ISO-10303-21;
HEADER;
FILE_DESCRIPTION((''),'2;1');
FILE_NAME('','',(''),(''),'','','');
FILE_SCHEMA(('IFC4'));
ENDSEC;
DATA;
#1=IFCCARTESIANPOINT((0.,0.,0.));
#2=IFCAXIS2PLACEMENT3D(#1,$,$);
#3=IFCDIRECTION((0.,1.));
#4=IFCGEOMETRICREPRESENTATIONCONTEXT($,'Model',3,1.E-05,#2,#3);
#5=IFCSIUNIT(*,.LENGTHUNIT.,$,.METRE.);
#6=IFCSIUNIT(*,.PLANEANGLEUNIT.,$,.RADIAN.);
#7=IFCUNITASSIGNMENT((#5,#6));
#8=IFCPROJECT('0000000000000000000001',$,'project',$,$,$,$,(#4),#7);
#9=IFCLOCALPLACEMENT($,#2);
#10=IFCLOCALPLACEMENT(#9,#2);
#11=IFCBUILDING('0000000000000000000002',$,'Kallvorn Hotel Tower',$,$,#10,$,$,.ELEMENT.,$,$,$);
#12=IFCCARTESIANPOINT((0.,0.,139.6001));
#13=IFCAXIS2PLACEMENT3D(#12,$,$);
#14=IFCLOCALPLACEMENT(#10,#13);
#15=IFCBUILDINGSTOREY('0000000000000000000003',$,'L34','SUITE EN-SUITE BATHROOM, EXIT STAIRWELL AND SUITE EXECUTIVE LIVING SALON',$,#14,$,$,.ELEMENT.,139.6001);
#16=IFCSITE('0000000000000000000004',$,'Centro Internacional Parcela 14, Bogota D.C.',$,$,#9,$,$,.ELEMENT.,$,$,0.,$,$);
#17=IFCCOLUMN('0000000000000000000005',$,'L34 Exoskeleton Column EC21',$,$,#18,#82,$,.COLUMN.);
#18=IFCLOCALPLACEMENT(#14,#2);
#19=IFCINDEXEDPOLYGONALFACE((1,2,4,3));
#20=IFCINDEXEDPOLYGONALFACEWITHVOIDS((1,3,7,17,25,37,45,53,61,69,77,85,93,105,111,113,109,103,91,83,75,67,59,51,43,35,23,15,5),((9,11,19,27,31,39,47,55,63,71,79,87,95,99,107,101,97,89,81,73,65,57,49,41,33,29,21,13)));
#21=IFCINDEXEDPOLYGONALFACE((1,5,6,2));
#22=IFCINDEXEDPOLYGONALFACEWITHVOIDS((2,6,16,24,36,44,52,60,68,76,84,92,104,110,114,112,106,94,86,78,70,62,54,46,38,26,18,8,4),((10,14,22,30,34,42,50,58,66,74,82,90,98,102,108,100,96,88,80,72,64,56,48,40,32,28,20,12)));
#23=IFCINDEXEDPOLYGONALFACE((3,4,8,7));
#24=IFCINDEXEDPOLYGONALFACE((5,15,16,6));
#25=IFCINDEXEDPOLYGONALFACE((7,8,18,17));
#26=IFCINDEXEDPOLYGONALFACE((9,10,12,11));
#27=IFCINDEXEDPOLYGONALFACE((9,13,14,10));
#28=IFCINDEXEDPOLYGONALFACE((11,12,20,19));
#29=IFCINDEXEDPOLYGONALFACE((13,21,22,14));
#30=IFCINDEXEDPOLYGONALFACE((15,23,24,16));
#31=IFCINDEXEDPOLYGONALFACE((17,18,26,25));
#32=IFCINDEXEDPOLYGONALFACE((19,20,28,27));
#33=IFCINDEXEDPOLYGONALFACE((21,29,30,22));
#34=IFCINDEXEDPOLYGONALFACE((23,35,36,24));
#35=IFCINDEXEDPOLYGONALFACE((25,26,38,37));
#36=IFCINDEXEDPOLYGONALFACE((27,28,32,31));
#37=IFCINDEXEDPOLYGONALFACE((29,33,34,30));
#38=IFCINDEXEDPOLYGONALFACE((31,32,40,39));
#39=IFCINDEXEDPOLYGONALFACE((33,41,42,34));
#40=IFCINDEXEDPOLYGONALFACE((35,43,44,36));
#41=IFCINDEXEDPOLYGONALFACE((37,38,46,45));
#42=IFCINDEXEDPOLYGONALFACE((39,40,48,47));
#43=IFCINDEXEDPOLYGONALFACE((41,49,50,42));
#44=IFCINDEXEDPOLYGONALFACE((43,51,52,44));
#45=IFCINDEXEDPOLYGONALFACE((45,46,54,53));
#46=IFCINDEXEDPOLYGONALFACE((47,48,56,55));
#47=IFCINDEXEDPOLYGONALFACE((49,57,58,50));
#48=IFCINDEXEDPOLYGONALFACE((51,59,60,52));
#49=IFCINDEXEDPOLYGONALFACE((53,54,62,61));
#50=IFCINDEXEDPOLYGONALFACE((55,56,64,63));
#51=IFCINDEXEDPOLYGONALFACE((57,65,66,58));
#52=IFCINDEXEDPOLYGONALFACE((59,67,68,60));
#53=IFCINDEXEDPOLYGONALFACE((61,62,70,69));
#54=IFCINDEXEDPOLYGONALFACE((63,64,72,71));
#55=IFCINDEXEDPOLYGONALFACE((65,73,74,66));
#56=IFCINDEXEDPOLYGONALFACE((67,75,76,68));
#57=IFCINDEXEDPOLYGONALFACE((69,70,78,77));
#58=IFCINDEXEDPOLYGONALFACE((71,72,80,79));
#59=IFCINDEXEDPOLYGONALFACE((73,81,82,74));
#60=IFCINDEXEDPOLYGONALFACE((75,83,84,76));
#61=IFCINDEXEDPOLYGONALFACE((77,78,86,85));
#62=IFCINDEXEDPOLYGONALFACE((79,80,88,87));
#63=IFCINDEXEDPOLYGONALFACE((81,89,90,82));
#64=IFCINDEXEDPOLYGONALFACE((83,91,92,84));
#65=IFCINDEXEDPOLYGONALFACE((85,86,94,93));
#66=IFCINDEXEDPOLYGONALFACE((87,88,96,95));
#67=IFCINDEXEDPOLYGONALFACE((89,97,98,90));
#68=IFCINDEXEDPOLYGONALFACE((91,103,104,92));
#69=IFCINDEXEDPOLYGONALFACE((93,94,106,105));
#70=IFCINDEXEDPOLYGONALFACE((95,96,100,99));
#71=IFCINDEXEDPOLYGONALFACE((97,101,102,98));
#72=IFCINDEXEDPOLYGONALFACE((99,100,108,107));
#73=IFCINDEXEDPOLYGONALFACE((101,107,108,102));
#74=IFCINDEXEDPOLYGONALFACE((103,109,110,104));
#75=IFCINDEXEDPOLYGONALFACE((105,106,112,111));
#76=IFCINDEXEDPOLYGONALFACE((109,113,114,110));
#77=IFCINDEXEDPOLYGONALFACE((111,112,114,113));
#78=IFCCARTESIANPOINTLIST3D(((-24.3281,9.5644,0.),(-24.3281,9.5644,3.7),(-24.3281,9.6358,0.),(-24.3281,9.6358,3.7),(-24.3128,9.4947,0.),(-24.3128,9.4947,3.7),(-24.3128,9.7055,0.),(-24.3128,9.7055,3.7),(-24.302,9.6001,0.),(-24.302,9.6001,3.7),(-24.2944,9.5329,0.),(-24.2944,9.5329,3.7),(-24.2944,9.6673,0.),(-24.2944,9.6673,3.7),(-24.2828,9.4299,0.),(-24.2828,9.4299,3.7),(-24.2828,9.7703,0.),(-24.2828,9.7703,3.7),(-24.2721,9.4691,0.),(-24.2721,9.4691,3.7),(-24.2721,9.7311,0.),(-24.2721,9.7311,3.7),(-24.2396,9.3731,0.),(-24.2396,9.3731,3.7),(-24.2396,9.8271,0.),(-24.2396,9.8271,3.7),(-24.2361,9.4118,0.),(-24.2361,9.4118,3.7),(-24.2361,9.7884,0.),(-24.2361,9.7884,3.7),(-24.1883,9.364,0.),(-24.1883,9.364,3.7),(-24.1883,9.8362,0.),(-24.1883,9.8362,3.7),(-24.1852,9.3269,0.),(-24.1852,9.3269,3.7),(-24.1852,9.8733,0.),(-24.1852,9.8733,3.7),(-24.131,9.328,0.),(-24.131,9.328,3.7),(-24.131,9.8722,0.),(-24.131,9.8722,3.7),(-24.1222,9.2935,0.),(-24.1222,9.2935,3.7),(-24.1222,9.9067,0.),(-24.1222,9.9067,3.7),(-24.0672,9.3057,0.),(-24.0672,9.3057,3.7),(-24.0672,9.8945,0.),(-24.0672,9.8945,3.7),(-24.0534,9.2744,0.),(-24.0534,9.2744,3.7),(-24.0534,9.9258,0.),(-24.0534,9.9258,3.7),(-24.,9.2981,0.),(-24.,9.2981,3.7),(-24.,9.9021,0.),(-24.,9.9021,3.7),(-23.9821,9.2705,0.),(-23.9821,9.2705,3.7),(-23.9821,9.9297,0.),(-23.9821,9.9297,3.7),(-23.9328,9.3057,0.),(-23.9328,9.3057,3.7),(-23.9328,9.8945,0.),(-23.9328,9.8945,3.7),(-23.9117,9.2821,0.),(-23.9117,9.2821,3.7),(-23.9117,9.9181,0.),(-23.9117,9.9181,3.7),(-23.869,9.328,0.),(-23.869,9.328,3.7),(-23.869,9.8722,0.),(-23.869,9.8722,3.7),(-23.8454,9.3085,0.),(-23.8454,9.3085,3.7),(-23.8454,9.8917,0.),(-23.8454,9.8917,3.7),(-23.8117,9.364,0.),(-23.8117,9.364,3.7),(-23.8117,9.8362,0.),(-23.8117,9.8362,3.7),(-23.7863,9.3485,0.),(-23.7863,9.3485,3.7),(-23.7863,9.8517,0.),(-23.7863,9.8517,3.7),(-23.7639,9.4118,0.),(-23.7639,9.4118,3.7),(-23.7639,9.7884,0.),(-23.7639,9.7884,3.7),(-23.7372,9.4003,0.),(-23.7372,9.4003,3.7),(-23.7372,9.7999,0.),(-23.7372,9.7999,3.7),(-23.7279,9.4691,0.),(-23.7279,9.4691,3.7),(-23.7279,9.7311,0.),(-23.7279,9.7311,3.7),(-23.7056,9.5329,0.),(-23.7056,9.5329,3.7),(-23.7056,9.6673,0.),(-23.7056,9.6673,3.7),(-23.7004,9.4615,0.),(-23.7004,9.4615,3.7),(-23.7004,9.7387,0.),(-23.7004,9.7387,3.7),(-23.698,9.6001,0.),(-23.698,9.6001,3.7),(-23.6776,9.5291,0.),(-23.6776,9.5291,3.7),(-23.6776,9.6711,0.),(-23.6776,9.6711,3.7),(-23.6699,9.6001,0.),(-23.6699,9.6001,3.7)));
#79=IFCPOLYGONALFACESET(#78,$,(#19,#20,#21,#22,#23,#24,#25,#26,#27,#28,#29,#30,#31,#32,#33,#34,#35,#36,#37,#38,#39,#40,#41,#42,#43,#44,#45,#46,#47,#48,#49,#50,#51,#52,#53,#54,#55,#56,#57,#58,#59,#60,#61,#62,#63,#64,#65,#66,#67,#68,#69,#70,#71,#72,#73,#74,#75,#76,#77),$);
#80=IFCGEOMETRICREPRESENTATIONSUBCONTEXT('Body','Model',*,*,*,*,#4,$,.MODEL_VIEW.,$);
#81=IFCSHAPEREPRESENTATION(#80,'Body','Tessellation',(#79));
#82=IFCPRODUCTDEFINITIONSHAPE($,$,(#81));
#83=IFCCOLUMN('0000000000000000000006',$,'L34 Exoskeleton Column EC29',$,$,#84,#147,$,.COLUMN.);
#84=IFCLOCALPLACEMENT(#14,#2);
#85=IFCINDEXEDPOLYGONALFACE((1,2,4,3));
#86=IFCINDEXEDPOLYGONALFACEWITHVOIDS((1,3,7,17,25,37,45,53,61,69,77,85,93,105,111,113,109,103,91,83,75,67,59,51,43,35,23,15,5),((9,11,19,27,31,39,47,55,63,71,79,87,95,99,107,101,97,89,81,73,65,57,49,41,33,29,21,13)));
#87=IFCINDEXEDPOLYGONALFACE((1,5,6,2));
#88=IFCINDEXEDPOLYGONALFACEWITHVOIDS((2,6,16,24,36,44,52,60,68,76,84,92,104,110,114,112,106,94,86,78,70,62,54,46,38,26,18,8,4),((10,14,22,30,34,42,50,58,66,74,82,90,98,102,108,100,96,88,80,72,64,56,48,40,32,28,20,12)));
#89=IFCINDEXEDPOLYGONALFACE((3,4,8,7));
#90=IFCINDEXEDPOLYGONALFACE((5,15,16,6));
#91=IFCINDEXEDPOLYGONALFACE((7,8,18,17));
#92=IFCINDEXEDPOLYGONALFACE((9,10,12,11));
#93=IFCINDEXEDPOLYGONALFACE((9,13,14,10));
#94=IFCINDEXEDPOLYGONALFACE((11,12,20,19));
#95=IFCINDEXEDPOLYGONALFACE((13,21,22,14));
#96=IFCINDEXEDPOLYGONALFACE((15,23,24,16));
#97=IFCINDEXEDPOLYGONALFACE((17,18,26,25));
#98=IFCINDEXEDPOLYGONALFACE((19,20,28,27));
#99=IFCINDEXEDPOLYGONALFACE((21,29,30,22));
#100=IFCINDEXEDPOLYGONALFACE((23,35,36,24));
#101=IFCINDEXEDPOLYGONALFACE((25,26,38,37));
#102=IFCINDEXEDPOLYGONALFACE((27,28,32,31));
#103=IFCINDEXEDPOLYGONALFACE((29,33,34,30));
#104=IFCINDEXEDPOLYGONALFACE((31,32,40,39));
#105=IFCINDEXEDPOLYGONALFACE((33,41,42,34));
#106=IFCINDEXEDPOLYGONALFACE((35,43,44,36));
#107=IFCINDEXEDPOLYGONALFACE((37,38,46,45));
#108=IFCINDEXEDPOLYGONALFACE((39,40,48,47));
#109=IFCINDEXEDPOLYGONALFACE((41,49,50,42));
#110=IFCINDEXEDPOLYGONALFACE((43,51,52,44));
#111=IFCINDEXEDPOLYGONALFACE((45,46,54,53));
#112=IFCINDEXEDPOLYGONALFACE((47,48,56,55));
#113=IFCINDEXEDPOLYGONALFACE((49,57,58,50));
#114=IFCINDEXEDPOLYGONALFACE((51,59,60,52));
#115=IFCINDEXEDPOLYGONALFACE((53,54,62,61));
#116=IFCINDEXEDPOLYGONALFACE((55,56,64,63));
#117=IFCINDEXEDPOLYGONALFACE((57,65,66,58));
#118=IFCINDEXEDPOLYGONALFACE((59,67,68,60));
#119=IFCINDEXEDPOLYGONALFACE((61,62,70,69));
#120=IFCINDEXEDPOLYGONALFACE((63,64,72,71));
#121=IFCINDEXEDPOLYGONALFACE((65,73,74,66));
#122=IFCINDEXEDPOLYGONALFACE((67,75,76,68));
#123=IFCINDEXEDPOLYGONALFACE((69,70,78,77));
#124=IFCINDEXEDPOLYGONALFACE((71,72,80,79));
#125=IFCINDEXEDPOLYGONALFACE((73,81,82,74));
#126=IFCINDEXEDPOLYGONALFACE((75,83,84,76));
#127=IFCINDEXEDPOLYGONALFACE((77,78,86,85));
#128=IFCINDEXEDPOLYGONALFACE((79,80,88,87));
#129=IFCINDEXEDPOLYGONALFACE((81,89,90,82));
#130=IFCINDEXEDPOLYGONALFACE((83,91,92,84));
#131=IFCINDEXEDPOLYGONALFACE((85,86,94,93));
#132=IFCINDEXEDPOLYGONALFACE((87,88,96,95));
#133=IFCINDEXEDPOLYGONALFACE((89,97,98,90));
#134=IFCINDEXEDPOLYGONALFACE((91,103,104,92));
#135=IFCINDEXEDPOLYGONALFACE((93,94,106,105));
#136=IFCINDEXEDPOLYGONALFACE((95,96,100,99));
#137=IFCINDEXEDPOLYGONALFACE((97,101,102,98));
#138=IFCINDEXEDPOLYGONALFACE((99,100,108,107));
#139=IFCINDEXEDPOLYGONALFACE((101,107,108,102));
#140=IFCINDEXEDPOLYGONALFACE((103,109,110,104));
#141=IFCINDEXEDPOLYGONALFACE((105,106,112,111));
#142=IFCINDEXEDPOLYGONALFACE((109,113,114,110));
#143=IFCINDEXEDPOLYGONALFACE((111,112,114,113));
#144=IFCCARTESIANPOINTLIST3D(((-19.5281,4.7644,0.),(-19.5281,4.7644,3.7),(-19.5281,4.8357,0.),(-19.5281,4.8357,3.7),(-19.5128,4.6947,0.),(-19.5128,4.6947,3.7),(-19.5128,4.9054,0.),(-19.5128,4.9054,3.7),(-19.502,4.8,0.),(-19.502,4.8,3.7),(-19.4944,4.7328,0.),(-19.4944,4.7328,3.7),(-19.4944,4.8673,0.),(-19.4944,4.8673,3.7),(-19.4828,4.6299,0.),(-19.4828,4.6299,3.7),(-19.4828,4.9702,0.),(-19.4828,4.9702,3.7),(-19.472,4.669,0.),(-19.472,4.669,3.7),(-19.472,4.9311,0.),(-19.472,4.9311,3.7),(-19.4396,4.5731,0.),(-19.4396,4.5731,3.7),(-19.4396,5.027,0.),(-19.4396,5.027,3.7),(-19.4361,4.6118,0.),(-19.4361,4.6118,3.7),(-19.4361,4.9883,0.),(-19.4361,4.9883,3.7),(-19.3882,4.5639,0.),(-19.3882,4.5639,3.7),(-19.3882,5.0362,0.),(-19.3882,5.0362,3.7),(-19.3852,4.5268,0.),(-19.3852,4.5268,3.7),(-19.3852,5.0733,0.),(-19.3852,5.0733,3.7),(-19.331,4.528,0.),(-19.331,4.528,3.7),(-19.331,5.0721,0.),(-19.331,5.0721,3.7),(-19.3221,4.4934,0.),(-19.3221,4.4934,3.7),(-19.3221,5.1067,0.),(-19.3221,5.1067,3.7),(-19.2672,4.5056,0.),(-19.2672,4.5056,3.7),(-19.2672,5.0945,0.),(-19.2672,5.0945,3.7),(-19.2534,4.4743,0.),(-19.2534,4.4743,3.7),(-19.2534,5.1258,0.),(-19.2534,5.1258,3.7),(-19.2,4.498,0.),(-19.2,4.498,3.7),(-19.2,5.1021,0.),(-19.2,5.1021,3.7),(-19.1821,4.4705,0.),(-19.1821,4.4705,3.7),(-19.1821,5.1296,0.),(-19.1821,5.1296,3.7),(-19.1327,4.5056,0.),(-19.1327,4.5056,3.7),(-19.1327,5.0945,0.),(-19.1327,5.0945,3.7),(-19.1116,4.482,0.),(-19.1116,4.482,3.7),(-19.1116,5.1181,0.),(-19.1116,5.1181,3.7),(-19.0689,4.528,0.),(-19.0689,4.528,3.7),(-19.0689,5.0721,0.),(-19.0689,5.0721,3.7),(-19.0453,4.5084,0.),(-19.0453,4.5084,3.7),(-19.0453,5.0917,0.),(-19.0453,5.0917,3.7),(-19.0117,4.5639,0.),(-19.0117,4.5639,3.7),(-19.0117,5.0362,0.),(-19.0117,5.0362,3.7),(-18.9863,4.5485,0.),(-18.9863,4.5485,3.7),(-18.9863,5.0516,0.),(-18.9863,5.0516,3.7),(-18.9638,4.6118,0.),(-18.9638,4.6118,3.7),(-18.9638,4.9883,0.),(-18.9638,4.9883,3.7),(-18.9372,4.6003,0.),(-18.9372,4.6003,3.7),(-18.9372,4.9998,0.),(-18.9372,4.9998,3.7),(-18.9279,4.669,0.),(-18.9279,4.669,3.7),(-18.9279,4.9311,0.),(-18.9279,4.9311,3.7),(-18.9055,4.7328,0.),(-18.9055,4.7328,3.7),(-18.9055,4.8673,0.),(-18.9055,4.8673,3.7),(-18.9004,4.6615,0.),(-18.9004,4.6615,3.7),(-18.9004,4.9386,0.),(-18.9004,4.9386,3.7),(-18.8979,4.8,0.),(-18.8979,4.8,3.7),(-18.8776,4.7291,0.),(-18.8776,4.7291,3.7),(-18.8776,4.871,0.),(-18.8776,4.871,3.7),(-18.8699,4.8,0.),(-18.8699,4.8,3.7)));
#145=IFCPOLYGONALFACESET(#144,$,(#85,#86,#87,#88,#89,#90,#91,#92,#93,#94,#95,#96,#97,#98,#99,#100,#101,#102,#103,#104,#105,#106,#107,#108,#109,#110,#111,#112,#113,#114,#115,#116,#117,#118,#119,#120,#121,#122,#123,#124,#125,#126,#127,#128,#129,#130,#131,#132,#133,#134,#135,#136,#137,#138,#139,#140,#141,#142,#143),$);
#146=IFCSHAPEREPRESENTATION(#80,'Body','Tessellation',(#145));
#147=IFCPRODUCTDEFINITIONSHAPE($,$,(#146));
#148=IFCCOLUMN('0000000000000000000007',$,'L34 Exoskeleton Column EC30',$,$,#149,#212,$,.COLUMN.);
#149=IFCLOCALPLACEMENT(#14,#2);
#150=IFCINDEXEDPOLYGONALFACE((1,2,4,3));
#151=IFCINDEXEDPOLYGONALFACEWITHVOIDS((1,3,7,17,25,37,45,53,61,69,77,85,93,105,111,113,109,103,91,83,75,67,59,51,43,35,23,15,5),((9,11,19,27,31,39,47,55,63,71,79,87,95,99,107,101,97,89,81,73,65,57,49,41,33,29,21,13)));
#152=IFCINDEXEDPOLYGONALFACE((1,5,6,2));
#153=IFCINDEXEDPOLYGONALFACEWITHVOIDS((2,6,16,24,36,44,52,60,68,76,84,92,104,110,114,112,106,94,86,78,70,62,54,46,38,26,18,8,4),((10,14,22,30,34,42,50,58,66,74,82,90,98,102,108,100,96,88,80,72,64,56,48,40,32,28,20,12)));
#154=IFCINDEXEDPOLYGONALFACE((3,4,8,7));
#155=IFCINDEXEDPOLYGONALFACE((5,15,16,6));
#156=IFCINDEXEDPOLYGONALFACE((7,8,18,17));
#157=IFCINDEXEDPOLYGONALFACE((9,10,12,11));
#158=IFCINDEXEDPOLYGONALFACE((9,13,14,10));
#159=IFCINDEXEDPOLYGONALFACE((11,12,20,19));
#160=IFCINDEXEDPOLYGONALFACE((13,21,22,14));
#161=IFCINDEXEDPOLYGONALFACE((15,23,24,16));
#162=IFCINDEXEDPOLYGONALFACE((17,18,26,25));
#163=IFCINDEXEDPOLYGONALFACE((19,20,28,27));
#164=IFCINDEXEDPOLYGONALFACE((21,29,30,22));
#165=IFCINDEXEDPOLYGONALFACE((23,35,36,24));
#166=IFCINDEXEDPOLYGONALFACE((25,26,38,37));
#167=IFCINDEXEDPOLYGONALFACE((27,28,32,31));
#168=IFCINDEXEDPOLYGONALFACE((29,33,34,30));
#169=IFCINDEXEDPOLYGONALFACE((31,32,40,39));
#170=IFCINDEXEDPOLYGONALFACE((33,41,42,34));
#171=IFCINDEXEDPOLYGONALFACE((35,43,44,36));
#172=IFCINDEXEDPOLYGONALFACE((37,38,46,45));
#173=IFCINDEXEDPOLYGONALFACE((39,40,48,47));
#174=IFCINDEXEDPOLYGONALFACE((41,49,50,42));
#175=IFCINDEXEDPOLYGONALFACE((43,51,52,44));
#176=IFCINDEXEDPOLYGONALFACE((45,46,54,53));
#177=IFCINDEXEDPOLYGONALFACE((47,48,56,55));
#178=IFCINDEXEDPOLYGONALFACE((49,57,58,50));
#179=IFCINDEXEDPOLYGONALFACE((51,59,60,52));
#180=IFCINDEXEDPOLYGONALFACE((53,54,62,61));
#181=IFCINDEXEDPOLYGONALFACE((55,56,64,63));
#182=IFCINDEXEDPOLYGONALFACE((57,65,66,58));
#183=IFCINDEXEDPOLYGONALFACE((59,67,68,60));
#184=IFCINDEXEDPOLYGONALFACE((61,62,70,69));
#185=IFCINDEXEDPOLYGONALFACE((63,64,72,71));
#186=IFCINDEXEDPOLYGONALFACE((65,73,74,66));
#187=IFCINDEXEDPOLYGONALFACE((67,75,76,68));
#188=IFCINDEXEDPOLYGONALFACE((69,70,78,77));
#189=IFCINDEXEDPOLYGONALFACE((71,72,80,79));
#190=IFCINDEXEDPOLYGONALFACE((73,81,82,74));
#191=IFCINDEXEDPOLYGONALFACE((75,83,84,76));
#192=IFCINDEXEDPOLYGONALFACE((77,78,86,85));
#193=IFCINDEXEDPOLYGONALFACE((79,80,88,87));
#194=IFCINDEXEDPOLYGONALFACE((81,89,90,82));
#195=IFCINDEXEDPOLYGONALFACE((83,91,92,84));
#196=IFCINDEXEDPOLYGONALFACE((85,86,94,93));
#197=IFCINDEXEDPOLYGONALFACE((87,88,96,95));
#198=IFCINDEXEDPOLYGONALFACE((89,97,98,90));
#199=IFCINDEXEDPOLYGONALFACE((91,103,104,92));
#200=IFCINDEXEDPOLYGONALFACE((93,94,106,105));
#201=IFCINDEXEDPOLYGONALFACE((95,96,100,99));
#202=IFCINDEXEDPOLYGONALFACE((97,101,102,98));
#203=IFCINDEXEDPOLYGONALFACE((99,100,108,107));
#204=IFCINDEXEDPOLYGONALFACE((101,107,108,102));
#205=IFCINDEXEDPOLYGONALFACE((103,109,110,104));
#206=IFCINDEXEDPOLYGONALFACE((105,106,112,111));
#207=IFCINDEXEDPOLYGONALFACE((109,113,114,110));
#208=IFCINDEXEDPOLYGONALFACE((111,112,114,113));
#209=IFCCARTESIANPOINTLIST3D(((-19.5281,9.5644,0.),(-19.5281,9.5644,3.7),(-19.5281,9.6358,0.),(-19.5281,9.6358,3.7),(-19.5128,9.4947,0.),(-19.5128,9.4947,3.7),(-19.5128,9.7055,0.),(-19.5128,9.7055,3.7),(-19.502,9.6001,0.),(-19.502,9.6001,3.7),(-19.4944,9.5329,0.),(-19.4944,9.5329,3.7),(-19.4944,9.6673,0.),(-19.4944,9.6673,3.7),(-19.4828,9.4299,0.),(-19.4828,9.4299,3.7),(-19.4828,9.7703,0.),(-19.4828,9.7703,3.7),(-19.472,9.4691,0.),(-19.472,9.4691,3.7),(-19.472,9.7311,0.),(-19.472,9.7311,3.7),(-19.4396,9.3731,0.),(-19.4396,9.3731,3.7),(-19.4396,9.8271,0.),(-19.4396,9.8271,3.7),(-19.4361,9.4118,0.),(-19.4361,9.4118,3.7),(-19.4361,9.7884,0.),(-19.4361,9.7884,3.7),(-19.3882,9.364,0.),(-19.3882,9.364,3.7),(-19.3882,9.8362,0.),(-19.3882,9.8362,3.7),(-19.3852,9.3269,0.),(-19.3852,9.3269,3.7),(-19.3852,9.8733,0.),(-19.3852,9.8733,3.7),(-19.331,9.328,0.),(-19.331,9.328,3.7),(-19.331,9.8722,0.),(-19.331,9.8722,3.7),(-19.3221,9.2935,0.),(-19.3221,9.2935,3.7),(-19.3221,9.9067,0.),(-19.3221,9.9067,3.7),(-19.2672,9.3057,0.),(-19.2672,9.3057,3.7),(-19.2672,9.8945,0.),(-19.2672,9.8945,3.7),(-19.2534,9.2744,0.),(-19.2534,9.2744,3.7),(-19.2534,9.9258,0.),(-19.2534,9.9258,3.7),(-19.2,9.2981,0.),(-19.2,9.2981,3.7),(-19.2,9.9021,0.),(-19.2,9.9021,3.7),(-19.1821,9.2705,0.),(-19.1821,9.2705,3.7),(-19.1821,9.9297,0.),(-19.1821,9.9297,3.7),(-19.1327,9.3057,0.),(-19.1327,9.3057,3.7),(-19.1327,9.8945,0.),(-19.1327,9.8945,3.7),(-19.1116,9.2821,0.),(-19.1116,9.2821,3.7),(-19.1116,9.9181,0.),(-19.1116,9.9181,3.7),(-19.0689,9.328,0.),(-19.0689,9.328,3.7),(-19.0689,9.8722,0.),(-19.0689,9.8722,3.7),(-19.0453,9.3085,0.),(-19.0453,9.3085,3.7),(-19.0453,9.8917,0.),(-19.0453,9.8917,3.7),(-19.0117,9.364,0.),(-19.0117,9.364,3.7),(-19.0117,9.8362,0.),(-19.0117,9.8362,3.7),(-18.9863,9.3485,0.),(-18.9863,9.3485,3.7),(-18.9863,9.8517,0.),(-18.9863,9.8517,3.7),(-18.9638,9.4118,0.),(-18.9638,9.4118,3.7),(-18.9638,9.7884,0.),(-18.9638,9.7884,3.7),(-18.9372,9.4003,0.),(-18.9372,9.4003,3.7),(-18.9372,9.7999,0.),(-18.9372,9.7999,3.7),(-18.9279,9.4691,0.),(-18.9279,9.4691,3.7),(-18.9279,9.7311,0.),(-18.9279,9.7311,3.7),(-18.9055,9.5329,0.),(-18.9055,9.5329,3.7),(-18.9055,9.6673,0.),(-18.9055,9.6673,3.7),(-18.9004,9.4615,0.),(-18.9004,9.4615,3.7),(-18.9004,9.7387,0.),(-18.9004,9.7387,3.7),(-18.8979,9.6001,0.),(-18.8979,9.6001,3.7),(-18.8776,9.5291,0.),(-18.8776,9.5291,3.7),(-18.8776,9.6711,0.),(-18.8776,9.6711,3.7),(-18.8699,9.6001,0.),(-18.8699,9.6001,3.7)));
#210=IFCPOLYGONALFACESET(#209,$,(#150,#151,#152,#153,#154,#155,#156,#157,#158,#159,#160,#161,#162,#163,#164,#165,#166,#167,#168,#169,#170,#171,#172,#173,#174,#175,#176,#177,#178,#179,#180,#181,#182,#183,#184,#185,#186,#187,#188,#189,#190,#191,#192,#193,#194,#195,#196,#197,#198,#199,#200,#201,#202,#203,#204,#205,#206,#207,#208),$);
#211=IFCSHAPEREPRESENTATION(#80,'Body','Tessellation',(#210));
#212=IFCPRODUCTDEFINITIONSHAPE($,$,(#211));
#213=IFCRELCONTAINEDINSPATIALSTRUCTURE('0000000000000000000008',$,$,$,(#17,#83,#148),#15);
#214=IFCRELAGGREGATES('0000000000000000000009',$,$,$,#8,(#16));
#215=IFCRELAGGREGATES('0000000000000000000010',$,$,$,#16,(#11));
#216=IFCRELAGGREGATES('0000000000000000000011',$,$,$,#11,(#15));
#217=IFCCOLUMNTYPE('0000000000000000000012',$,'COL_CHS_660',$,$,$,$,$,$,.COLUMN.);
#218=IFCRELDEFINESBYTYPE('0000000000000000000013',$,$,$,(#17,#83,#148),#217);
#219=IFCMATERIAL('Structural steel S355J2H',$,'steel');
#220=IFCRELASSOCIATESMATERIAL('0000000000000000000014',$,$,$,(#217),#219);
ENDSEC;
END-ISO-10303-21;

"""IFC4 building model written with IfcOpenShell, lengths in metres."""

from ifc_helpers import new_model, si_unit, direction, frame, origin, origin_2d, place, context, subcontext, project, spatial, hollow_circle, extrude, material, material_profile, profile_set, type_object, element, save


model = new_model("IFC4")

# Units and contexts
model_context = context("Model", 3, precision=1e-05, world=origin(), true_north=direction((0.0, 1.0)))
body_context = subcontext(model_context, "Body", "Model", "MODEL_VIEW")
ifc_project = project(units=[si_unit("LENGTHUNIT", "METRE"), si_unit("PLANEANGLEUNIT", "RADIAN")], contexts=[model_context])

# Site, building, storey
site_placement = place(None, origin())
site = spatial("IfcSite", under=ifc_project, at=site_placement, Name="Centro Internacional Parcela 14, Bogota D.C.", CompositionType="ELEMENT", RefElevation=0.0)
building_placement = place(site_placement, origin())
building = spatial("IfcBuilding", under=site, at=building_placement, Name="Kallvorn Hotel Tower", CompositionType="ELEMENT")
storey_placement = place(building_placement, frame((0.0, 0.0, 139.6001)))
storey = spatial("IfcBuildingStorey", under=building, at=storey_placement, Name="L34", Description="SUITE EN-SUITE BATHROOM, EXIT STAIRWELL AND SUITE EXECUTIVE LIVING SALON", CompositionType="ELEMENT", Elevation=139.6001)

# Columns
ifc_material_1 = material(Name="Structural steel S355J2H", Category="steel")
ifc_material_profile_1 = material_profile(ifc_material_1, hollow_circle(Radius=0.3301, WallThickness=0.0281, at=origin_2d()), Name="CHS 660x28")
ifc_profile_set_1 = profile_set([ifc_material_profile_1], Name="Structural steel S355J2H")
column_type_1 = type_object("IfcColumnType", Name="COL_CHS_660", PredefinedType="COLUMN", material=ifc_profile_set_1)
for number, where, z_axis, x_axis, name in (
    (1, (-24.0, 9.6001, 0.0), (0.0, 0.0, 1.0), (1.0, 0.0, 0.0), "L34 Exoskeleton Column EC21"),
    (2, (-19.2, 4.8, 0.0), (0.0, 0.0, 1.0), (1.0, 0.0, 0.0), "L34 Exoskeleton Column EC29"),
    (3, (-19.2, 9.6001, 0.0), (0.0, 0.0, 1.0), (1.0, 0.0, 0.0), "L34 Exoskeleton Column EC30"),
):
    element("IfcColumn", number, at=place(storey_placement, frame(where, z_axis=z_axis, x_axis=x_axis)), inside=storey, type_object=column_type_1, Name=name, PredefinedType="COLUMN", context=body_context, shape_type="SweptSolid", body=[
        extrude(hollow_circle(Radius=0.3301, WallThickness=0.0281, at=origin_2d()), origin(), (0.0, 0.0, 1.0), 3.7),
    ])

save(model, "model.ifc")
